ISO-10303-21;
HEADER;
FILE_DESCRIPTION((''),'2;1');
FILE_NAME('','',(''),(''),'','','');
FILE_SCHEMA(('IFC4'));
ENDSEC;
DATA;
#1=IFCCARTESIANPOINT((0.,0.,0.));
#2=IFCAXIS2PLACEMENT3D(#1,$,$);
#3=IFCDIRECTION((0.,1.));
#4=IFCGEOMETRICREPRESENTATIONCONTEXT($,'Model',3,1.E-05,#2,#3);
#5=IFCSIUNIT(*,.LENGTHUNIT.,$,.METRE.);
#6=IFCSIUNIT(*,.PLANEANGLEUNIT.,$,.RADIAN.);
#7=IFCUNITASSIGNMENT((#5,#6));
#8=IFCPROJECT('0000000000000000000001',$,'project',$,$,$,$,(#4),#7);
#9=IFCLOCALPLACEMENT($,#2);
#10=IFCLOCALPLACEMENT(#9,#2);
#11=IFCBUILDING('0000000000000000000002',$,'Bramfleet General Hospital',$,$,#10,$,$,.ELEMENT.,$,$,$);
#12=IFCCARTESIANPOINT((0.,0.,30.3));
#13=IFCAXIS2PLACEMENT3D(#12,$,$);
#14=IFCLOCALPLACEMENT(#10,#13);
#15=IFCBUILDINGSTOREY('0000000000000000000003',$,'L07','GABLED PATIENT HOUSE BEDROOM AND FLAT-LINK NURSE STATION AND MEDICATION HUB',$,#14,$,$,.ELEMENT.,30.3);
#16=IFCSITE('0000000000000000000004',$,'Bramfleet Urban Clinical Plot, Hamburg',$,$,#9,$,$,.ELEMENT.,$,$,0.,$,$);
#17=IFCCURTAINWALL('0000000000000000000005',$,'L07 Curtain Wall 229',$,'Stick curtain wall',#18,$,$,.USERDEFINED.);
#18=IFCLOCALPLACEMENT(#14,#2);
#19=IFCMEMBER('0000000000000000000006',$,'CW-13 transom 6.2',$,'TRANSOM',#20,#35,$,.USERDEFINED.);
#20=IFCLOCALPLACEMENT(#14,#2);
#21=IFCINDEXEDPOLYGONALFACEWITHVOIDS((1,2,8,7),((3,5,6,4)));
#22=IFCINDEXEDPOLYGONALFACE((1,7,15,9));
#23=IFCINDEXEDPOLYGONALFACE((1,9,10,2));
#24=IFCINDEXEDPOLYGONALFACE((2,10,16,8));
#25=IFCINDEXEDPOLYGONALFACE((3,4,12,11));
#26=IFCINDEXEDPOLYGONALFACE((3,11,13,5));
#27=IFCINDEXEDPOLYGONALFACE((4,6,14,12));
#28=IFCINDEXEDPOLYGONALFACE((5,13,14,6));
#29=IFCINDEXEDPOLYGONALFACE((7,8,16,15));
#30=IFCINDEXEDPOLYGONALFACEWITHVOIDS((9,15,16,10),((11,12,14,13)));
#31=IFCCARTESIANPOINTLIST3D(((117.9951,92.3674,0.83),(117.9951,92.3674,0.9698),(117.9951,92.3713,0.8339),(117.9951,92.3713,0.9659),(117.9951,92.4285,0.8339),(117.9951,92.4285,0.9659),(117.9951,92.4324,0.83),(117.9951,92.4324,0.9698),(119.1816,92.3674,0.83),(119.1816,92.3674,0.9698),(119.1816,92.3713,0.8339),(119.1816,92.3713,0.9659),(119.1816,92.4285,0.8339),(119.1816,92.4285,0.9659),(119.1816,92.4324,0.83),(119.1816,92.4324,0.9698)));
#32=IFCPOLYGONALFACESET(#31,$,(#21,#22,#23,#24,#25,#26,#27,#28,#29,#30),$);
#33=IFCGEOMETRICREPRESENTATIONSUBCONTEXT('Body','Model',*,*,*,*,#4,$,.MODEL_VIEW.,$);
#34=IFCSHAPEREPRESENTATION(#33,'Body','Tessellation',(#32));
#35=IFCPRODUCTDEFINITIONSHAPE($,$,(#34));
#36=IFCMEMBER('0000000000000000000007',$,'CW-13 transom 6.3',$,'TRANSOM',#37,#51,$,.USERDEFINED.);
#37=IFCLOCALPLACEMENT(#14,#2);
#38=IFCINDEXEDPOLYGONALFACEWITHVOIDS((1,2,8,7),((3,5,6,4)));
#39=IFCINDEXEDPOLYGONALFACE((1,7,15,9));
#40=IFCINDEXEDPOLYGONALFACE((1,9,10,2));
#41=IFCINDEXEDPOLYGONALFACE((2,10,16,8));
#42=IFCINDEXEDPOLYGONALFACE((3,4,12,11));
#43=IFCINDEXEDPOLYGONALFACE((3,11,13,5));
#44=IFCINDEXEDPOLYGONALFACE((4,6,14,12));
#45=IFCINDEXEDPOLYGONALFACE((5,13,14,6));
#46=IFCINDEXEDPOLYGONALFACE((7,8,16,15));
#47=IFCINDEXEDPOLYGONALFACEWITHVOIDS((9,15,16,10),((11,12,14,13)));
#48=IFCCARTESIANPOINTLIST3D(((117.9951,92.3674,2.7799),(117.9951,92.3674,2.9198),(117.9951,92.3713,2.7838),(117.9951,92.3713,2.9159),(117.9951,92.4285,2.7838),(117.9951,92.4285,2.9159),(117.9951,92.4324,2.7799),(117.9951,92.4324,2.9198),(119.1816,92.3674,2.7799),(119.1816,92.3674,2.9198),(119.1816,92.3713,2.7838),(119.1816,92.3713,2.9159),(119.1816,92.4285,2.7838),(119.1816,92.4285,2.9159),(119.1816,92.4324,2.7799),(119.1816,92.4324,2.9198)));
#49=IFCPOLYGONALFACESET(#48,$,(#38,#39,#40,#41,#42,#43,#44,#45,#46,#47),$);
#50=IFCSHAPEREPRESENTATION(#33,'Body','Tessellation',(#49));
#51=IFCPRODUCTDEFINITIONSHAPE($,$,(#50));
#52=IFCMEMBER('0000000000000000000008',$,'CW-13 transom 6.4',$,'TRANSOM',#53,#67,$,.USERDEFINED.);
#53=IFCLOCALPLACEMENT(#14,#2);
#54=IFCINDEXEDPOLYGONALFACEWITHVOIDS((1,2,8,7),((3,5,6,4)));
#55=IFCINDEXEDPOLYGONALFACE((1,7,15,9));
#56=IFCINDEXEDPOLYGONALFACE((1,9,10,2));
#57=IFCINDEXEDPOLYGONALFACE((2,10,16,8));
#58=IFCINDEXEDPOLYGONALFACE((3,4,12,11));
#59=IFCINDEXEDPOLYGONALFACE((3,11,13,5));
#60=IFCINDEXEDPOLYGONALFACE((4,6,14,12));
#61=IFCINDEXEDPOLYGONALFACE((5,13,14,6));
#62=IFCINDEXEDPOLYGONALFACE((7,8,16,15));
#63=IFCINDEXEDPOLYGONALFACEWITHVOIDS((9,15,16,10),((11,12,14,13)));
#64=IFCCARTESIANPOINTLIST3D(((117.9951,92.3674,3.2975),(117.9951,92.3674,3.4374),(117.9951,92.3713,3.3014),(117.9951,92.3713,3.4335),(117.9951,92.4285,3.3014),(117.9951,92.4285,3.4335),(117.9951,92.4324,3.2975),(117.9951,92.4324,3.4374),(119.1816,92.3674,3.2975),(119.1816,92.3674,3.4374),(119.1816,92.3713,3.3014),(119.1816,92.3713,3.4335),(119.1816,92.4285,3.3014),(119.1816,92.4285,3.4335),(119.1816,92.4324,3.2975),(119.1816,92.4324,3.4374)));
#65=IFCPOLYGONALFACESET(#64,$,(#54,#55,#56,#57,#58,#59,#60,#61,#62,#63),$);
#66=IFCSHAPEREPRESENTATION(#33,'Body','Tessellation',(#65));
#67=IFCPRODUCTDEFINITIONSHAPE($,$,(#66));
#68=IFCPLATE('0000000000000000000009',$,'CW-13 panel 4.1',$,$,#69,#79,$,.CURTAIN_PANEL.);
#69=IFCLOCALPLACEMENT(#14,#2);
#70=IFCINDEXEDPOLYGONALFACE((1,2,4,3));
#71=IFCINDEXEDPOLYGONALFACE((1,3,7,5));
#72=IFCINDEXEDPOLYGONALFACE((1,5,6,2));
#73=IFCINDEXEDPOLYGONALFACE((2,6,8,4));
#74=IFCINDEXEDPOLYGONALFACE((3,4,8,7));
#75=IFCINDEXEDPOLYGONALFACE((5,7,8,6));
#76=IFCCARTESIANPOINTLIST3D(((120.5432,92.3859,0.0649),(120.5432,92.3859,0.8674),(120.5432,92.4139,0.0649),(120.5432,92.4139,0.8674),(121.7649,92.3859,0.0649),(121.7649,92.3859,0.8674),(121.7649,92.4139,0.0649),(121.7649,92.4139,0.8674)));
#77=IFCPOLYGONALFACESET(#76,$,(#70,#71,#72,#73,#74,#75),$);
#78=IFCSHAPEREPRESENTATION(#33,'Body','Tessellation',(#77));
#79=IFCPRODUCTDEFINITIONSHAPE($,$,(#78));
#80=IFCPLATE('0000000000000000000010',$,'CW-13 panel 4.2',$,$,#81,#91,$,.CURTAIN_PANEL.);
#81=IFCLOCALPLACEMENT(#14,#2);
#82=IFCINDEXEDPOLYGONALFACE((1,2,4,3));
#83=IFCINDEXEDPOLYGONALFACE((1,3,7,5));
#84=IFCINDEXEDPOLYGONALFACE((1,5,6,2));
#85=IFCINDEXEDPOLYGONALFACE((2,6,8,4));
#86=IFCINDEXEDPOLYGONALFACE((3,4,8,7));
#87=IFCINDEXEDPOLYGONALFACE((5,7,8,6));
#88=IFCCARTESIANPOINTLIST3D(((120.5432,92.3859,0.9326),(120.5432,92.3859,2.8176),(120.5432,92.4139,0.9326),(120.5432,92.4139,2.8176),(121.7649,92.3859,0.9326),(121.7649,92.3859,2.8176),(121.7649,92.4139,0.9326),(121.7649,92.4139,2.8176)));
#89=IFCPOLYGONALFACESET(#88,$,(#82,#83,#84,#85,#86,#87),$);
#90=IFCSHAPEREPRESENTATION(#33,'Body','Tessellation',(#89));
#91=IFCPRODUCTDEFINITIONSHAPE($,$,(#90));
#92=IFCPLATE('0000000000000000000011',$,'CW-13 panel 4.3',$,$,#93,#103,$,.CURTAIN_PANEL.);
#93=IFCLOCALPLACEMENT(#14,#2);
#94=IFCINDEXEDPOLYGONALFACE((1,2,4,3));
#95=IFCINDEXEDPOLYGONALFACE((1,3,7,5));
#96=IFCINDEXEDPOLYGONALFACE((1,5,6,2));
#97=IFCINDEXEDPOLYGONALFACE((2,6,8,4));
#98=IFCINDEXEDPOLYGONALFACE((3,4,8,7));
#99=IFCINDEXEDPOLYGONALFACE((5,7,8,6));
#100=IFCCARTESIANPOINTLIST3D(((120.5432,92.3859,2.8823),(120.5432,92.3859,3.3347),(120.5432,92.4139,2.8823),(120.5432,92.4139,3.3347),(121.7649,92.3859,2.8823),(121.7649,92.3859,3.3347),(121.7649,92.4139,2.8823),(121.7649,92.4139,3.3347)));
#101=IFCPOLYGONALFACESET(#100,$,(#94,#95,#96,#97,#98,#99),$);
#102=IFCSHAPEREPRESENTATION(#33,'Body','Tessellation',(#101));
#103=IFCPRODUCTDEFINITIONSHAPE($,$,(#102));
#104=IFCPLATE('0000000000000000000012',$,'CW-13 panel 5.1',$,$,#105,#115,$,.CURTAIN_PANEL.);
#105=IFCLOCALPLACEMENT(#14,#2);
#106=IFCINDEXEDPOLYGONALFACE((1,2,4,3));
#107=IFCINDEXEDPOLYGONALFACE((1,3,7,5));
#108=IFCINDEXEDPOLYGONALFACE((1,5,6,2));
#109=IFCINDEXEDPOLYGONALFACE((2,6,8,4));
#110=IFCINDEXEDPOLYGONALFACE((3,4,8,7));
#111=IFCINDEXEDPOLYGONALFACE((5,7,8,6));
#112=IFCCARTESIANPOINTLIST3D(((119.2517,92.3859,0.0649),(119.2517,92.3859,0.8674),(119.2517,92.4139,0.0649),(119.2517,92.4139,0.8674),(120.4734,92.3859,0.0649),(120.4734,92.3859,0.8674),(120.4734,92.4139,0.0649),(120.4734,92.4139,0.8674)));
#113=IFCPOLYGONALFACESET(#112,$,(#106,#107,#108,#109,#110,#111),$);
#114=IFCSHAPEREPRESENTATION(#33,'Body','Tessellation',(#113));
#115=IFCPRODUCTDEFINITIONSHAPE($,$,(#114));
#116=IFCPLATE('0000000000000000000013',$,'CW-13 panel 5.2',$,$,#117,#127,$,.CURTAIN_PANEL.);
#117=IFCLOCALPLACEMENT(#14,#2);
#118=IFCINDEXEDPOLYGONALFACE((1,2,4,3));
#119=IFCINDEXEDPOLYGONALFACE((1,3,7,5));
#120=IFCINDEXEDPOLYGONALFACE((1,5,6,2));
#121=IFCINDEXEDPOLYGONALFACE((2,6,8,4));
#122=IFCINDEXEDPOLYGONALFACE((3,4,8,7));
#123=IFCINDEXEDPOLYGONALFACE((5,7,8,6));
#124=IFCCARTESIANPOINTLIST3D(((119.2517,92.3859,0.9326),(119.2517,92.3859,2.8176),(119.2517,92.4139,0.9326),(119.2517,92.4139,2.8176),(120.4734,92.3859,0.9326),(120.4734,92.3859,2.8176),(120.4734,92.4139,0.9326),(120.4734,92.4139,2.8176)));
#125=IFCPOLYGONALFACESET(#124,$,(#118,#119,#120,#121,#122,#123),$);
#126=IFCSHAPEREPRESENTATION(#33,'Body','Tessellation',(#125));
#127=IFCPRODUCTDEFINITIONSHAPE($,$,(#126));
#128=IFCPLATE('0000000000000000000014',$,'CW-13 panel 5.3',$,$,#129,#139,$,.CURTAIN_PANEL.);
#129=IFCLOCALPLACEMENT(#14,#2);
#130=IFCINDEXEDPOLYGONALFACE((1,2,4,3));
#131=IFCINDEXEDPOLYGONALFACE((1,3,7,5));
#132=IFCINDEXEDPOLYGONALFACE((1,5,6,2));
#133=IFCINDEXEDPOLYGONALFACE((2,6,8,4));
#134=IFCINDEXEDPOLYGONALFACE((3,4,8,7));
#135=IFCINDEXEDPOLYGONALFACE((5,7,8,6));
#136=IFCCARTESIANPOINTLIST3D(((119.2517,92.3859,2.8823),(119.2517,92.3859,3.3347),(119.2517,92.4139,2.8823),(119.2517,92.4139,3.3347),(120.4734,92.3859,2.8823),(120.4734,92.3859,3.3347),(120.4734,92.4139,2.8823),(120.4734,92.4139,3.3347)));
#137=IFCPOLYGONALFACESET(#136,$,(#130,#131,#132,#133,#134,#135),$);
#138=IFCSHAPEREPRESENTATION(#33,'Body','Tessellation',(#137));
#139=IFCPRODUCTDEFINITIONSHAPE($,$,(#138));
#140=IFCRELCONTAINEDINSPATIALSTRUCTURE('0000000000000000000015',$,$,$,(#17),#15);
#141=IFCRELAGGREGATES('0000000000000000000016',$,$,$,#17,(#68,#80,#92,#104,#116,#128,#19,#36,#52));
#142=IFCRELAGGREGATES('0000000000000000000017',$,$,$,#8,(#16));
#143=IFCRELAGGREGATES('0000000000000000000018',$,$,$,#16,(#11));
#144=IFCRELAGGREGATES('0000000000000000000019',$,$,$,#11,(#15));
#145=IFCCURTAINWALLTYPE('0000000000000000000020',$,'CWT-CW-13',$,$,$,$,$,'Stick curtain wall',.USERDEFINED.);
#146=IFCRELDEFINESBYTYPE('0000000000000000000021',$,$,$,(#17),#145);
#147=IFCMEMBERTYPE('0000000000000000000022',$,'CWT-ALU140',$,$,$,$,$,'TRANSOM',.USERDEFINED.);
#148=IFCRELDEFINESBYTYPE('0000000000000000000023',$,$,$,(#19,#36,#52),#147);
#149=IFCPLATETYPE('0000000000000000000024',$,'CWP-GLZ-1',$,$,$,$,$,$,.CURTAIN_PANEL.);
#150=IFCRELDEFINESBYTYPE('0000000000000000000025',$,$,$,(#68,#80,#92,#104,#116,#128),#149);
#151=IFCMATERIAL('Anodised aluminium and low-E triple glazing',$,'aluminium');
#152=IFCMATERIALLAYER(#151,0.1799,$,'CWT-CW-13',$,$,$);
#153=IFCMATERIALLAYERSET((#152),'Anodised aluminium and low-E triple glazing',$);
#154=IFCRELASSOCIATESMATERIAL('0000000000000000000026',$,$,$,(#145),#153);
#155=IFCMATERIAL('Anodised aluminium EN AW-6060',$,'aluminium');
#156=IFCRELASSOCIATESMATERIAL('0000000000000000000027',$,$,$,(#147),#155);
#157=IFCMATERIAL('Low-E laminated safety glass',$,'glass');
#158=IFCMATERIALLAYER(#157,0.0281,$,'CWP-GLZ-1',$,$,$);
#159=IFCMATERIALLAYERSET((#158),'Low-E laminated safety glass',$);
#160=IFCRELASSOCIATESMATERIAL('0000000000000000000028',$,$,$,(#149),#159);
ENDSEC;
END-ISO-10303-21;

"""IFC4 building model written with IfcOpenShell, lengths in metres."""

from ifc_helpers import new_model, si_unit, direction, frame, origin, origin_2d, place, context, subcontext, project, spatial, rectangle, hollow_rectangle, extrude, material, layer, layer_set, material_profile, profile_set, type_object, element, aggregate, save


model = new_model("IFC4")

# Units and contexts
model_context = context("Model", 3, precision=1e-05, world=origin(), true_north=direction((0.0, 1.0)))
body_context = subcontext(model_context, "Body", "Model", "MODEL_VIEW")
ifc_project = project(units=[si_unit("LENGTHUNIT", "METRE"), si_unit("PLANEANGLEUNIT", "RADIAN")], contexts=[model_context])

# Site, building, storey
site_placement = place(None, origin())
site = spatial("IfcSite", under=ifc_project, at=site_placement, Name="Bramfleet Urban Clinical Plot, Hamburg", CompositionType="ELEMENT", RefElevation=0.0)
building_placement = place(site_placement, origin())
building = spatial("IfcBuilding", under=site, at=building_placement, Name="Bramfleet General Hospital", CompositionType="ELEMENT")
storey_placement = place(building_placement, frame((0.0, 0.0, 30.3)))
storey = spatial("IfcBuildingStorey", under=building, at=storey_placement, Name="L07", Description="GABLED PATIENT HOUSE BEDROOM AND FLAT-LINK NURSE STATION AND MEDICATION HUB", CompositionType="ELEMENT", Elevation=30.3)

# Curtain wall, members, plates
ifc_material_1 = material(Name="Anodised aluminium and low-E triple glazing", Category="aluminium")
ifc_layer_1 = layer(ifc_material_1, 0.1799, Name="CWT-CW-13")
ifc_layer_set_1 = layer_set([ifc_layer_1], Name="Anodised aluminium and low-E triple glazing")
curtain_wall_type = type_object("IfcCurtainWallType", Name="CWT-CW-13", ElementType="Stick curtain wall", PredefinedType="USERDEFINED", material=ifc_layer_set_1)
curtain_wall_placement = place(storey_placement, origin())
curtain_wall = element("IfcCurtainWall", 1, at=curtain_wall_placement, inside=storey, type_object=curtain_wall_type, Name="L07 Curtain Wall 229", ObjectType="Stick curtain wall", PredefinedType="USERDEFINED")
ifc_material_2 = material(Name="Anodised aluminium EN AW-6060", Category="aluminium")
ifc_material_profile_1 = material_profile(ifc_material_2, hollow_rectangle(XDim=0.0649, YDim=0.1399, WallThickness=0.0039, at=origin_2d()), Name="ALU 140x65x4.0")
ifc_profile_set_1 = profile_set([ifc_material_profile_1], Name="Anodised aluminium EN AW-6060")
member_type_1 = type_object("IfcMemberType", Name="CWT-ALU140", ElementType="TRANSOM", PredefinedType="USERDEFINED", material=ifc_profile_set_1)
member_1_placement = place(storey_placement, frame((119.1816, 92.3999, 0.8999), z_axis=(-1.0, 0.0, 0.0), x_axis=(0.0, -1.0, 0.0)))
member_1 = element("IfcMember", 2, at=member_1_placement, type_object=member_type_1, Name="CW-13 transom 6.2", ObjectType="TRANSOM", PredefinedType="USERDEFINED", context=body_context, shape_type="SweptSolid", body=[
    extrude(hollow_rectangle(XDim=0.0649, YDim=0.1399, WallThickness=0.0039, at=origin_2d()), origin(), (0.0, 0.0, 1.0), 1.1865),
])
member_2_placement = place(storey_placement, frame((119.1816, 92.3999, 2.8499), z_axis=(-1.0, 0.0, 0.0), x_axis=(0.0, -1.0, 0.0)))
member_2 = element("IfcMember", 3, at=member_2_placement, type_object=member_type_1, Name="CW-13 transom 6.3", ObjectType="TRANSOM", PredefinedType="USERDEFINED", context=body_context, shape_type="SweptSolid", body=[
    extrude(hollow_rectangle(XDim=0.0649, YDim=0.1399, WallThickness=0.0039, at=origin_2d()), origin(), (0.0, 0.0, 1.0), 1.1865),
])
member_3_placement = place(storey_placement, frame((119.1816, 92.3999, 3.3674), z_axis=(-1.0, 0.0, 0.0), x_axis=(0.0, -1.0, 0.0)))
member_3 = element("IfcMember", 4, at=member_3_placement, type_object=member_type_1, Name="CW-13 transom 6.4", ObjectType="TRANSOM", PredefinedType="USERDEFINED", context=body_context, shape_type="SweptSolid", body=[
    extrude(hollow_rectangle(XDim=0.0649, YDim=0.1399, WallThickness=0.0039, at=origin_2d()), origin(), (0.0, 0.0, 1.0), 1.1865),
])
ifc_material_3 = material(Name="Low-E laminated safety glass", Category="glass")
ifc_layer_2 = layer(ifc_material_3, 0.0281, Name="CWP-GLZ-1")
ifc_layer_set_2 = layer_set([ifc_layer_2], Name="Low-E laminated safety glass")
plate_type = type_object("IfcPlateType", Name="CWP-GLZ-1", PredefinedType="CURTAIN_PANEL", material=ifc_layer_set_2)
plate_1_placement = place(storey_placement, frame((121.1541, 92.3999, 0.0649), z_axis=(0.0, 0.0, 1.0), x_axis=(-1.0, 0.0, 0.0)))
plate_1 = element("IfcPlate", 5, at=plate_1_placement, type_object=plate_type, Name="CW-13 panel 4.1", PredefinedType="CURTAIN_PANEL", context=body_context, shape_type="SweptSolid", body=[
    extrude(rectangle(XDim=1.2217, YDim=0.0281, at=origin_2d()), origin(), (0.0, 0.0, 1.0), 0.8025),
])
plate_2_placement = place(storey_placement, frame((121.1541, 92.3999, 0.9326), z_axis=(0.0, 0.0, 1.0), x_axis=(-1.0, 0.0, 0.0)))
plate_2 = element("IfcPlate", 6, at=plate_2_placement, type_object=plate_type, Name="CW-13 panel 4.2", PredefinedType="CURTAIN_PANEL", context=body_context, shape_type="SweptSolid", body=[
    extrude(rectangle(XDim=1.2217, YDim=0.0281, at=origin_2d()), origin(), (0.0, 0.0, 1.0), 1.885),
])
plate_3_placement = place(storey_placement, frame((121.1541, 92.3999, 2.8823), z_axis=(0.0, 0.0, 1.0), x_axis=(-1.0, 0.0, 0.0)))
plate_3 = element("IfcPlate", 7, at=plate_3_placement, type_object=plate_type, Name="CW-13 panel 4.3", PredefinedType="CURTAIN_PANEL", context=body_context, shape_type="SweptSolid", body=[
    extrude(rectangle(XDim=1.2217, YDim=0.0281, at=origin_2d()), origin(), (0.0, 0.0, 1.0), 0.4524),
])
plate_4_placement = place(storey_placement, frame((119.8625, 92.3999, 0.0649), z_axis=(0.0, 0.0, 1.0), x_axis=(-1.0, 0.0, 0.0)))
plate_4 = element("IfcPlate", 8, at=plate_4_placement, type_object=plate_type, Name="CW-13 panel 5.1", PredefinedType="CURTAIN_PANEL", context=body_context, shape_type="SweptSolid", body=[
    extrude(rectangle(XDim=1.2217, YDim=0.0281, at=origin_2d()), origin(), (0.0, 0.0, 1.0), 0.8025),
])
plate_5_placement = place(storey_placement, frame((119.8625, 92.3999, 0.9326), z_axis=(0.0, 0.0, 1.0), x_axis=(-1.0, 0.0, 0.0)))
plate_5 = element("IfcPlate", 9, at=plate_5_placement, type_object=plate_type, Name="CW-13 panel 5.2", PredefinedType="CURTAIN_PANEL", context=body_context, shape_type="SweptSolid", body=[
    extrude(rectangle(XDim=1.2217, YDim=0.0281, at=origin_2d()), origin(), (0.0, 0.0, 1.0), 1.885),
])
plate_6_placement = place(storey_placement, frame((119.8625, 92.3999, 2.8823), z_axis=(0.0, 0.0, 1.0), x_axis=(-1.0, 0.0, 0.0)))
plate_6 = element("IfcPlate", 10, at=plate_6_placement, type_object=plate_type, Name="CW-13 panel 5.3", PredefinedType="CURTAIN_PANEL", context=body_context, shape_type="SweptSolid", body=[
    extrude(rectangle(XDim=1.2217, YDim=0.0281, at=origin_2d()), origin(), (0.0, 0.0, 1.0), 0.4524),
])
aggregate(curtain_wall, [plate_1, plate_2, plate_3, plate_4, plate_5, plate_6, member_1, member_2, member_3])

save(model, "model.ifc")
